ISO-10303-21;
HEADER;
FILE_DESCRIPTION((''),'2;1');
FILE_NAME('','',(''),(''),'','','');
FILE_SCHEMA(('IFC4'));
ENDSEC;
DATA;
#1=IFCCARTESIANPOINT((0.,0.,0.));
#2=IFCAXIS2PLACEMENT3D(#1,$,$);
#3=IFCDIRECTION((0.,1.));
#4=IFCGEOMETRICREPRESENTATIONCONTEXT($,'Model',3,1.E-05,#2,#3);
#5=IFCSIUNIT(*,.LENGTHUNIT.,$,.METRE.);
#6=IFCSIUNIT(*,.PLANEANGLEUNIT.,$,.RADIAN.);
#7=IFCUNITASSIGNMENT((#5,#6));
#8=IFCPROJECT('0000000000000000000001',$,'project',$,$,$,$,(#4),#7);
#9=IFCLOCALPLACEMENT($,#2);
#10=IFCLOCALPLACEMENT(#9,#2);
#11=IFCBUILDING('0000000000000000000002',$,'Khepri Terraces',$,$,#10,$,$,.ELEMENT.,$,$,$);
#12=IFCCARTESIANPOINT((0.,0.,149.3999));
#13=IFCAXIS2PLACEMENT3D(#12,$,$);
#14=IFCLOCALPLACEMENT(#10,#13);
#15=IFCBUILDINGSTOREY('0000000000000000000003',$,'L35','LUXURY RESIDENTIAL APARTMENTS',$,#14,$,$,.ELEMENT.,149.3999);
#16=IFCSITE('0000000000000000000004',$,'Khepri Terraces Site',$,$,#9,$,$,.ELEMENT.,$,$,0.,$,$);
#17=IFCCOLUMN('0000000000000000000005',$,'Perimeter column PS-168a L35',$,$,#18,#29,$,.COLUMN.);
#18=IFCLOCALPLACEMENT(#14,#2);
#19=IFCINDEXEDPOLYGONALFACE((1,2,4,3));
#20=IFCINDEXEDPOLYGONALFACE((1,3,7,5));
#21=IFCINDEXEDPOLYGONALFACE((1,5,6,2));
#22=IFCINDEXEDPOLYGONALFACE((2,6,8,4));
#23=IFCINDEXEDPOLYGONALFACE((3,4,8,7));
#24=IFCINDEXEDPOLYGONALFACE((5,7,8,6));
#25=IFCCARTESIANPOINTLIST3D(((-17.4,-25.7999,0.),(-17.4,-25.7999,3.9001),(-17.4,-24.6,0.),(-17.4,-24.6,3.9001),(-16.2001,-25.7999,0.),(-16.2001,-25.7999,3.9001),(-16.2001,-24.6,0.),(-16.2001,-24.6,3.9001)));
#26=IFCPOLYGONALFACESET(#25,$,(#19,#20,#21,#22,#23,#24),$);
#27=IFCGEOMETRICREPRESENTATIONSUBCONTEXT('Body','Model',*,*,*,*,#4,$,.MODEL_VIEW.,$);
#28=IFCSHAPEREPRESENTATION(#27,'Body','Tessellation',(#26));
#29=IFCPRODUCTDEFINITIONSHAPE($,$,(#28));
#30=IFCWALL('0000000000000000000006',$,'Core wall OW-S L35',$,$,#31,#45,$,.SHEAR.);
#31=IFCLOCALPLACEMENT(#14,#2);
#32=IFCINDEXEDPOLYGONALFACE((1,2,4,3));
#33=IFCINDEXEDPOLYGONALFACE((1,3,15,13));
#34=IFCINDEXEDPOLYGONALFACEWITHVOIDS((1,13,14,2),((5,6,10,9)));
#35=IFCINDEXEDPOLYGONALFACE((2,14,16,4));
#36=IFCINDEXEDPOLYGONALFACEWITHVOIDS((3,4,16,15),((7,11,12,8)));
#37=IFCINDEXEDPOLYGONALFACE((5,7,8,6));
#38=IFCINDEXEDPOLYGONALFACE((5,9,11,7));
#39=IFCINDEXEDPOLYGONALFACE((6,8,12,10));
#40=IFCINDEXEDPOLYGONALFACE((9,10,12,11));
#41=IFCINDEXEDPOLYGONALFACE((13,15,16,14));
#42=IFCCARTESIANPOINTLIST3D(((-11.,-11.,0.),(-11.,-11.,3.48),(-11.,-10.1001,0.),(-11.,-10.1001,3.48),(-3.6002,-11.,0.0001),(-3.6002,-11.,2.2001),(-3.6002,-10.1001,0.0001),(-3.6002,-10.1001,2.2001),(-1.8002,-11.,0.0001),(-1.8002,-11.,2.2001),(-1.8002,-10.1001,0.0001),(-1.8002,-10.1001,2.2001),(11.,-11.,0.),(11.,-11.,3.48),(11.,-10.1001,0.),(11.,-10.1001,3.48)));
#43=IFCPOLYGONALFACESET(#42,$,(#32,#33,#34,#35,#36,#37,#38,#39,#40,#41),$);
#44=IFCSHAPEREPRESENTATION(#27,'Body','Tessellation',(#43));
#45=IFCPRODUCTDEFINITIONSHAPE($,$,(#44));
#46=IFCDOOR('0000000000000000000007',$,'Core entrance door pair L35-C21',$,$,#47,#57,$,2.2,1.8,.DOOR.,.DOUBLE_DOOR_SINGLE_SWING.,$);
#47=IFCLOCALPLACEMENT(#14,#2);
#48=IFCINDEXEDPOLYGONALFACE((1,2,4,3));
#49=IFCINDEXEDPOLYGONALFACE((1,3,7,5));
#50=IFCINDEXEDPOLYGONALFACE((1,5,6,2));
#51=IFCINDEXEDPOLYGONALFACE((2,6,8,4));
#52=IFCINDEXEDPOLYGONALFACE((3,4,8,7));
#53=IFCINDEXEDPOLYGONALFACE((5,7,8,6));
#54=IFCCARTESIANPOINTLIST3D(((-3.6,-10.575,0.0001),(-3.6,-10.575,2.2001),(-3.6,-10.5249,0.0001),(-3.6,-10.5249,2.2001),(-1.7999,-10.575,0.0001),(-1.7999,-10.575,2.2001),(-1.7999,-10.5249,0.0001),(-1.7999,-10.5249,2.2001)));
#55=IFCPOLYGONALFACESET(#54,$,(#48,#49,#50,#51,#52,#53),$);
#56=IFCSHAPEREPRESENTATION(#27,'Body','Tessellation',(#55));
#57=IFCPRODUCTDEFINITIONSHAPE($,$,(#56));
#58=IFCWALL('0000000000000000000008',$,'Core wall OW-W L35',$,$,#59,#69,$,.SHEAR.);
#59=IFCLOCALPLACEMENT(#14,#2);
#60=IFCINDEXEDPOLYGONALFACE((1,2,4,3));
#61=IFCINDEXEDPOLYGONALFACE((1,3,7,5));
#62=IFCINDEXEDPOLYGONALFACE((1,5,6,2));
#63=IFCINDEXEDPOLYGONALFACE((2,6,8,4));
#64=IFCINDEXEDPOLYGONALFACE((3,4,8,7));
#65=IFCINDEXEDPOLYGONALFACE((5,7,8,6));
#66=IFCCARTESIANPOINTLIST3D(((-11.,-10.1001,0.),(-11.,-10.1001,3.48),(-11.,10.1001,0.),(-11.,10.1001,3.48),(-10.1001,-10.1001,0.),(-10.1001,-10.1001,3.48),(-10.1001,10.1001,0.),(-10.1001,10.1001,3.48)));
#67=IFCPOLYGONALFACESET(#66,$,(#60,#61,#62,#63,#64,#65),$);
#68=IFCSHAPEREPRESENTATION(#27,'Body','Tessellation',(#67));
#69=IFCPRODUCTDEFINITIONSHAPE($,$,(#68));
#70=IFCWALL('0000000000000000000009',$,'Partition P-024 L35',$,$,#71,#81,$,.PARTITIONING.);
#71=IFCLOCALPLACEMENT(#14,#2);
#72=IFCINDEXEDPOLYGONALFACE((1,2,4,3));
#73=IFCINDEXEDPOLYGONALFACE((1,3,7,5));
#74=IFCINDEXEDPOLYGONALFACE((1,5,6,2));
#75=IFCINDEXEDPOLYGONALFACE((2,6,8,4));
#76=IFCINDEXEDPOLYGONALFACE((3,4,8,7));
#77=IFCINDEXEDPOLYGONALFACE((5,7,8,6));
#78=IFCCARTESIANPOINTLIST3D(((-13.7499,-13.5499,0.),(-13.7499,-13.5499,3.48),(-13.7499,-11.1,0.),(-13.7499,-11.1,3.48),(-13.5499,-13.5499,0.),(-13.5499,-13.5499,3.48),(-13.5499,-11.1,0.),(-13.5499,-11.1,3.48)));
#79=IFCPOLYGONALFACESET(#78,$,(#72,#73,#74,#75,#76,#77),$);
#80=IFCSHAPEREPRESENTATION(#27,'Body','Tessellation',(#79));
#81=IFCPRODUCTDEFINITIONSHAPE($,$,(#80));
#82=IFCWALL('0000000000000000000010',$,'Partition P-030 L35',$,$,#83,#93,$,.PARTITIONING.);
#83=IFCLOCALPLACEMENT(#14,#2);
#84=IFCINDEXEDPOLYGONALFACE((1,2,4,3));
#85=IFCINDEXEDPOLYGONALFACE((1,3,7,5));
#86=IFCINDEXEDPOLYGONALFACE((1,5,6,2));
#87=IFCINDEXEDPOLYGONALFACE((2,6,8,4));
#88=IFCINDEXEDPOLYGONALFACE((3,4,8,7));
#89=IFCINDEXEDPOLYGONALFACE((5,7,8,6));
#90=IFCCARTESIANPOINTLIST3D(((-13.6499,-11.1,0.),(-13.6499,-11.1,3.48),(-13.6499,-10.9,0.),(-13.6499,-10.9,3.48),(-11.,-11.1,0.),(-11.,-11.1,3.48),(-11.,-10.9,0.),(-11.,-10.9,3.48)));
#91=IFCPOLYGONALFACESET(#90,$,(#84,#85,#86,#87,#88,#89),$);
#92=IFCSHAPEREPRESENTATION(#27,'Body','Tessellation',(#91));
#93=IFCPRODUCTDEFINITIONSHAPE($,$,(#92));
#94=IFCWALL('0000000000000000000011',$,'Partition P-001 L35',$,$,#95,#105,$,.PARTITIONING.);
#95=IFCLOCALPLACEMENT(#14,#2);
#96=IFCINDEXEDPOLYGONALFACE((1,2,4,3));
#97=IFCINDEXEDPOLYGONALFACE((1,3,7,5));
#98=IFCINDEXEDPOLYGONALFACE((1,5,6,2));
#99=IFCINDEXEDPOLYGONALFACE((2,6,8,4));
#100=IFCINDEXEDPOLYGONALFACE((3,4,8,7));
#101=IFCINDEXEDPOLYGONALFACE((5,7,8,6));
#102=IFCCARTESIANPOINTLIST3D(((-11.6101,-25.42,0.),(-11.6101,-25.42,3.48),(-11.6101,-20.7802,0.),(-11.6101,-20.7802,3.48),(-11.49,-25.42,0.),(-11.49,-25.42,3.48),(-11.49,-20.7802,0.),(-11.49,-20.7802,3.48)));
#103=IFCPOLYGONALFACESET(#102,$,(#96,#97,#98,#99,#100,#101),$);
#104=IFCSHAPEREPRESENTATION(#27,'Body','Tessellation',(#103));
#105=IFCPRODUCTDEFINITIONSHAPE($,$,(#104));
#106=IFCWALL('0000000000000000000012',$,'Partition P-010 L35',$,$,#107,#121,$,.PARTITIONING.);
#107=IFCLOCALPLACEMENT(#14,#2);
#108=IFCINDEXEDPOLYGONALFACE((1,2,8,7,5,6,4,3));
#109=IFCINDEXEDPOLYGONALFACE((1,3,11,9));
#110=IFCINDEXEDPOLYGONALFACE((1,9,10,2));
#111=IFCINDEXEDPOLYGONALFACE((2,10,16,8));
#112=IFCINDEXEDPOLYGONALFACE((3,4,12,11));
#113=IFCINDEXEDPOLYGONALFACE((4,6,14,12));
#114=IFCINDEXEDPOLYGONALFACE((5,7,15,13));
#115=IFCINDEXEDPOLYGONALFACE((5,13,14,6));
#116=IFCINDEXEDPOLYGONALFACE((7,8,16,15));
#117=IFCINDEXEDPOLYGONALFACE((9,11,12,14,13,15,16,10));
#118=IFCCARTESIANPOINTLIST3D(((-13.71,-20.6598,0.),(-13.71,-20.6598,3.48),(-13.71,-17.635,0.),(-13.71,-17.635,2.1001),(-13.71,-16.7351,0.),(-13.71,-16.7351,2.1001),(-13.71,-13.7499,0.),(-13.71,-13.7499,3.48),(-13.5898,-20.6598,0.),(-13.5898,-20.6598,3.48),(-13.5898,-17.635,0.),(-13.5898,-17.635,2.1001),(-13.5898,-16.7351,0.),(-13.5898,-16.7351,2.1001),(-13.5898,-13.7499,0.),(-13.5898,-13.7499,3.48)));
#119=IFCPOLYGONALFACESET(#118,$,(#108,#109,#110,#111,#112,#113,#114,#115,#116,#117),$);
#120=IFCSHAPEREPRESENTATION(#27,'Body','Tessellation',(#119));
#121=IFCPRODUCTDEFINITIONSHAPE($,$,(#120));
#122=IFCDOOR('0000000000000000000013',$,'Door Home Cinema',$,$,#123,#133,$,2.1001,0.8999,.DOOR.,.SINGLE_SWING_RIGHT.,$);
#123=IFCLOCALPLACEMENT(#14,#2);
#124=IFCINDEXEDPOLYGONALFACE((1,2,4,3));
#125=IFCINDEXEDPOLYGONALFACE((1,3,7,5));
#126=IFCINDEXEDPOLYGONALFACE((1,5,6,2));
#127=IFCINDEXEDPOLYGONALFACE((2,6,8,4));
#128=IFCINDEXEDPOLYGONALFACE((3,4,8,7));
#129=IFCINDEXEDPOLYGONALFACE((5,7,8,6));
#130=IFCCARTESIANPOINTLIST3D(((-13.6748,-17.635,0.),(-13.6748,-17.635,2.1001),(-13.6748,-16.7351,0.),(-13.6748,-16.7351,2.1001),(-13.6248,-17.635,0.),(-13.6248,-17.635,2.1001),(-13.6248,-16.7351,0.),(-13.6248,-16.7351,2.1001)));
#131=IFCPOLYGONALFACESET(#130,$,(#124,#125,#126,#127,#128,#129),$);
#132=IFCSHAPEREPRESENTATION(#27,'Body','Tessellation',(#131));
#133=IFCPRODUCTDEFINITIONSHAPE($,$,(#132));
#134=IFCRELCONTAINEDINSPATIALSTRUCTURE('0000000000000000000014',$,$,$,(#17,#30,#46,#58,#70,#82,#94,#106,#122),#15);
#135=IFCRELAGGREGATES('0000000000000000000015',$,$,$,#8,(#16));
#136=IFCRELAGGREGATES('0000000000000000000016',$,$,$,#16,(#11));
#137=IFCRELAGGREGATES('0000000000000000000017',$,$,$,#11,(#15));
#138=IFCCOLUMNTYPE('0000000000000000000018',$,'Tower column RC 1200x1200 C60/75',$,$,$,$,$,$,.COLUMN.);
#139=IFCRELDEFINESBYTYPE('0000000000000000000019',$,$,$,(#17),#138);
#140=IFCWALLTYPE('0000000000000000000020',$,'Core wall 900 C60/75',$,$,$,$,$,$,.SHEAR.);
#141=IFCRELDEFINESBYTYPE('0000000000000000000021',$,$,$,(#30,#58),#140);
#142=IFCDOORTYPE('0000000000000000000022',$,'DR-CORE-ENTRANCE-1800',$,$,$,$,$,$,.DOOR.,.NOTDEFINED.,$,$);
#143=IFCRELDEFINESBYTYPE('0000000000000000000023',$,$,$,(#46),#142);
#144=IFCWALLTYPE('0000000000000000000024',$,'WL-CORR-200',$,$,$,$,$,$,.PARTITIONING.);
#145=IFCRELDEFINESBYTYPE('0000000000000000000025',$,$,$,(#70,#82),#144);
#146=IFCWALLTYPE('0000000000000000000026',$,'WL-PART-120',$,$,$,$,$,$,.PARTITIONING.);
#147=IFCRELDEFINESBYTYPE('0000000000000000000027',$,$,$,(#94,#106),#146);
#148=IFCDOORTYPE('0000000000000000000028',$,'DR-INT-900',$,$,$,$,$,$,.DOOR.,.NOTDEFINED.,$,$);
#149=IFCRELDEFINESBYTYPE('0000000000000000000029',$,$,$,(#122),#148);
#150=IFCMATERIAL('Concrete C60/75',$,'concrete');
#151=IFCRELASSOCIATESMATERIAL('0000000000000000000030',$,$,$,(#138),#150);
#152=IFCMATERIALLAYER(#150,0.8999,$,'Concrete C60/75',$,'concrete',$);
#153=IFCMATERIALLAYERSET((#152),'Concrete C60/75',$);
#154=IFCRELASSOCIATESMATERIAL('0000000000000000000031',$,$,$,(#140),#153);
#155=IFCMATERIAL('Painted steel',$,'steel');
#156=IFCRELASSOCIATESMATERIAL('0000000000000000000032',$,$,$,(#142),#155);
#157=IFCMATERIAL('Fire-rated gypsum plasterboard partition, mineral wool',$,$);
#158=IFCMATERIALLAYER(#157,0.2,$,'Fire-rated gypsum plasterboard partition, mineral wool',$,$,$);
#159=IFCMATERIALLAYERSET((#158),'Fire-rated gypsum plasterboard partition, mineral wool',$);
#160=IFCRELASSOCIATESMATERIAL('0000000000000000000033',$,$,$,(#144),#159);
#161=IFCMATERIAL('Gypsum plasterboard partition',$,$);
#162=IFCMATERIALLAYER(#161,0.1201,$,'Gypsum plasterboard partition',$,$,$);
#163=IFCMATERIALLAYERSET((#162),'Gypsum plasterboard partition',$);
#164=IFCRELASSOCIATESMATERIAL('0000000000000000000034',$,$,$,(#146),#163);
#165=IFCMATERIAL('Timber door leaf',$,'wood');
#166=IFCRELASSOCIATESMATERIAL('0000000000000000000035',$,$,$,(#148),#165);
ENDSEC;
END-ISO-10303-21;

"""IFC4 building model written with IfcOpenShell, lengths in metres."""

from ifc_helpers import new_model, si_unit, direction, frame, frame_2d, origin, origin_2d, place, context, subcontext, project, spatial, rectangle, extrude, material, layer, layer_set, material_profile, profile_set, type_object, element, fill, save


model = new_model("IFC4")

# Units and contexts
model_context = context("Model", 3, precision=1e-05, world=origin(), true_north=direction((0.0, 1.0)))
body_context = subcontext(model_context, "Body", "Model", "MODEL_VIEW")
ifc_project = project(units=[si_unit("LENGTHUNIT", "METRE"), si_unit("PLANEANGLEUNIT", "RADIAN")], contexts=[model_context])

# Site, building, storey
site_placement = place(None, origin())
site = spatial("IfcSite", under=ifc_project, at=site_placement, Name="Khepri Terraces Site", CompositionType="ELEMENT", RefElevation=0.0)
building_placement = place(site_placement, origin())
building = spatial("IfcBuilding", under=site, at=building_placement, Name="Khepri Terraces", CompositionType="ELEMENT")
storey_placement = place(building_placement, frame((0.0, 0.0, 149.3999)))
storey = spatial("IfcBuildingStorey", under=building, at=storey_placement, Name="L35", Description="LUXURY RESIDENTIAL APARTMENTS", CompositionType="ELEMENT", Elevation=149.3999)

# Column
ifc_material_1 = material(Name="Concrete C60/75", Category="concrete")
ifc_material_profile = material_profile(ifc_material_1, rectangle(XDim=1.2, YDim=1.2, at=origin_2d()), Name="Concrete C60/75", Category="concrete")
ifc_profile_set = profile_set([ifc_material_profile], Name="Concrete C60/75")
column_type = type_object("IfcColumnType", Name="Tower column RC 1200x1200 C60/75", PredefinedType="COLUMN", material=ifc_profile_set)
column_placement = place(storey_placement, frame((-16.8, -25.2, 0.0), z_axis=(0.0, 0.0, 1.0), x_axis=(1.0, 0.0, 0.0)))
element("IfcColumn", 1, at=column_placement, inside=storey, type_object=column_type, Name="Perimeter column PS-168a L35", PredefinedType="COLUMN", context=body_context, shape_type="SweptSolid", body=[
    extrude(rectangle(XDim=1.2, YDim=1.2, at=origin_2d()), origin(), (0.0, 0.0, 1.0), 3.9001),
])

# Wall, opening, door
ifc_layer_1 = layer(ifc_material_1, 0.8999, Name="Concrete C60/75", Category="concrete")
ifc_layer_set_1 = layer_set([ifc_layer_1], Name="Concrete C60/75")
wall_type_1 = type_object("IfcWallType", Name="Core wall 900 C60/75", PredefinedType="SHEAR", material=ifc_layer_set_1)
wall_1_placement = place(storey_placement, frame((-11.0, -10.55, 0.0), z_axis=(0.0, 0.0, 1.0), x_axis=(1.0, 0.0, 0.0)))
wall_1 = element("IfcWall", 2, at=wall_1_placement, inside=storey, type_object=wall_type_1, Name="Core wall OW-S L35", PredefinedType="SHEAR", context=body_context, shape_type="SweptSolid", body=[
    extrude(rectangle(XDim=22.0, YDim=0.8999, at=frame_2d((11.0, 0.0))), origin(), (0.0, 0.0, 1.0), 3.48),
])
opening_1_placement = place(wall_1_placement, frame((7.3999, 0.0, 0.0)))
opening_1 = element("IfcOpeningElement", 3, at=opening_1_placement, cuts=wall_1, PredefinedType="OPENING", context=body_context, shape_type="SweptSolid", body=[
    extrude(rectangle(XDim=1.8, YDim=2.2, at=frame_2d((0.8999, 1.1001))), frame((0.0, 0.46, 0.0), z_axis=(0.0, -1.0, 0.0), x_axis=(1.0, 0.0, 0.0)), (0.0, 0.0, 1.0), 0.9199),
])
ifc_material_2 = material(Name="Painted steel", Category="steel")
door_type_1 = type_object("IfcDoorType", Name="DR-CORE-ENTRANCE-1800", OperationType="NOTDEFINED", PredefinedType="DOOR", material=ifc_material_2)
door_1_placement = place(opening_1_placement, frame((1.8, 0.0, 0.0), z_axis=(0.0, 0.0, 1.0), x_axis=(-1.0, 0.0, 0.0)))
door_1 = element("IfcDoor", 4, at=door_1_placement, inside=storey, type_object=door_type_1, Name="Core entrance door pair L35-C21", OperationType="DOUBLE_DOOR_SINGLE_SWING", OverallHeight=2.2, OverallWidth=1.8, PredefinedType="DOOR", context=body_context, shape_type="SweptSolid", body=[
    extrude(rectangle(XDim=1.8, YDim=2.2, at=frame_2d((0.8999, 1.1001))), frame((0.0, 0.0249, 0.0), z_axis=(0.0, -1.0, 0.0), x_axis=(1.0, 0.0, 0.0)), (0.0, 0.0, 1.0), 0.05),
])
fill(opening_1, door_1)

# Walls
wall_2_placement = place(storey_placement, frame((-10.55, -10.1001, 0.0), z_axis=(0.0, 0.0, 1.0), x_axis=(0.0, 1.0, 0.0)))
element("IfcWall", 5, at=wall_2_placement, inside=storey, type_object=wall_type_1, Name="Core wall OW-W L35", PredefinedType="SHEAR", context=body_context, shape_type="SweptSolid", body=[
    extrude(rectangle(XDim=20.2002, YDim=0.8999, at=frame_2d((10.1001, 0.0))), origin(), (0.0, 0.0, 1.0), 3.48),
])
ifc_material_3 = material(Name="Fire-rated gypsum plasterboard partition, mineral wool")
ifc_layer_2 = layer(ifc_material_3, 0.2, Name="Fire-rated gypsum plasterboard partition, mineral wool")
ifc_layer_set_2 = layer_set([ifc_layer_2], Name="Fire-rated gypsum plasterboard partition, mineral wool")
wall_type_2 = type_object("IfcWallType", Name="WL-CORR-200", PredefinedType="PARTITIONING", material=ifc_layer_set_2)
wall_3_placement = place(storey_placement, frame((-13.6499, -13.55, 0.0), z_axis=(0.0, 0.0, 1.0), x_axis=(0.0, 1.0, 0.0)))
element("IfcWall", 6, at=wall_3_placement, inside=storey, type_object=wall_type_2, Name="Partition P-024 L35", PredefinedType="PARTITIONING", context=body_context, shape_type="SweptSolid", body=[
    extrude(rectangle(XDim=2.45, YDim=0.2, at=frame_2d((1.2251, 0.0))), origin(), (0.0, 0.0, 1.0), 3.48),
])
wall_4_placement = place(storey_placement, frame((-13.6499, -11.0, 0.0), z_axis=(0.0, 0.0, 1.0), x_axis=(1.0, 0.0, 0.0)))
element("IfcWall", 7, at=wall_4_placement, inside=storey, type_object=wall_type_2, Name="Partition P-030 L35", PredefinedType="PARTITIONING", context=body_context, shape_type="SweptSolid", body=[
    extrude(rectangle(XDim=2.6499, YDim=0.2, at=frame_2d((1.325, 0.0))), origin(), (0.0, 0.0, 1.0), 3.48),
])

# Wall
ifc_material_4 = material(Name="Gypsum plasterboard partition")
ifc_layer_3 = layer(ifc_material_4, 0.1201, Name="Gypsum plasterboard partition")
ifc_layer_set_3 = layer_set([ifc_layer_3], Name="Gypsum plasterboard partition")
wall_type_3 = type_object("IfcWallType", Name="WL-PART-120", PredefinedType="PARTITIONING", material=ifc_layer_set_3)
wall_5_placement = place(storey_placement, frame((-11.55, -25.4199, 0.0), z_axis=(0.0, 0.0, 1.0), x_axis=(0.0, 1.0, 0.0)))
element("IfcWall", 8, at=wall_5_placement, inside=storey, type_object=wall_type_3, Name="Partition P-001 L35", PredefinedType="PARTITIONING", context=body_context, shape_type="SweptSolid", body=[
    extrude(rectangle(XDim=4.6399, YDim=0.1201, at=frame_2d((2.3198, 0.0))), origin(), (0.0, 0.0, 1.0), 3.48),
])

# Wall, opening, door
wall_6_placement = place(storey_placement, frame((-13.6499, -20.6599, 0.0), z_axis=(0.0, 0.0, 1.0), x_axis=(0.0, 1.0, 0.0)))
wall_6 = element("IfcWall", 9, at=wall_6_placement, inside=storey, type_object=wall_type_3, Name="Partition P-010 L35", PredefinedType="PARTITIONING", context=body_context, shape_type="SweptSolid", body=[
    extrude(rectangle(XDim=6.9099, YDim=0.1201, at=frame_2d((3.4551, 0.0))), origin(), (0.0, 0.0, 1.0), 3.48),
])
opening_2_placement = place(wall_6_placement, frame((3.0249, 0.0, 0.0)))
opening_2 = element("IfcOpeningElement", 10, at=opening_2_placement, cuts=wall_6, PredefinedType="OPENING", context=body_context, shape_type="SweptSolid", body=[
    extrude(rectangle(XDim=0.8999, YDim=2.1001, at=frame_2d((0.45, 1.05))), frame((0.0, 0.0701, 0.0), z_axis=(0.0, -1.0, 0.0), x_axis=(1.0, 0.0, 0.0)), (0.0, 0.0, 1.0), 0.1401),
])
ifc_material_5 = material(Name="Timber door leaf", Category="wood")
door_type_2 = type_object("IfcDoorType", Name="DR-INT-900", OperationType="NOTDEFINED", PredefinedType="DOOR", material=ifc_material_5)
door_2_placement = place(opening_2_placement, origin())
door_2 = element("IfcDoor", 11, at=door_2_placement, inside=storey, type_object=door_type_2, Name="Door Home Cinema", OperationType="SINGLE_SWING_RIGHT", OverallHeight=2.1001, OverallWidth=0.8999, PredefinedType="DOOR", context=body_context, shape_type="SweptSolid", body=[
    extrude(rectangle(XDim=0.8999, YDim=2.1001, at=frame_2d((0.45, 1.05))), frame((0.0, 0.0249, 0.0), z_axis=(0.0, -1.0, 0.0), x_axis=(1.0, 0.0, 0.0)), (0.0, 0.0, 1.0), 0.05),
])
fill(opening_2, door_2)

save(model, "model.ifc")
